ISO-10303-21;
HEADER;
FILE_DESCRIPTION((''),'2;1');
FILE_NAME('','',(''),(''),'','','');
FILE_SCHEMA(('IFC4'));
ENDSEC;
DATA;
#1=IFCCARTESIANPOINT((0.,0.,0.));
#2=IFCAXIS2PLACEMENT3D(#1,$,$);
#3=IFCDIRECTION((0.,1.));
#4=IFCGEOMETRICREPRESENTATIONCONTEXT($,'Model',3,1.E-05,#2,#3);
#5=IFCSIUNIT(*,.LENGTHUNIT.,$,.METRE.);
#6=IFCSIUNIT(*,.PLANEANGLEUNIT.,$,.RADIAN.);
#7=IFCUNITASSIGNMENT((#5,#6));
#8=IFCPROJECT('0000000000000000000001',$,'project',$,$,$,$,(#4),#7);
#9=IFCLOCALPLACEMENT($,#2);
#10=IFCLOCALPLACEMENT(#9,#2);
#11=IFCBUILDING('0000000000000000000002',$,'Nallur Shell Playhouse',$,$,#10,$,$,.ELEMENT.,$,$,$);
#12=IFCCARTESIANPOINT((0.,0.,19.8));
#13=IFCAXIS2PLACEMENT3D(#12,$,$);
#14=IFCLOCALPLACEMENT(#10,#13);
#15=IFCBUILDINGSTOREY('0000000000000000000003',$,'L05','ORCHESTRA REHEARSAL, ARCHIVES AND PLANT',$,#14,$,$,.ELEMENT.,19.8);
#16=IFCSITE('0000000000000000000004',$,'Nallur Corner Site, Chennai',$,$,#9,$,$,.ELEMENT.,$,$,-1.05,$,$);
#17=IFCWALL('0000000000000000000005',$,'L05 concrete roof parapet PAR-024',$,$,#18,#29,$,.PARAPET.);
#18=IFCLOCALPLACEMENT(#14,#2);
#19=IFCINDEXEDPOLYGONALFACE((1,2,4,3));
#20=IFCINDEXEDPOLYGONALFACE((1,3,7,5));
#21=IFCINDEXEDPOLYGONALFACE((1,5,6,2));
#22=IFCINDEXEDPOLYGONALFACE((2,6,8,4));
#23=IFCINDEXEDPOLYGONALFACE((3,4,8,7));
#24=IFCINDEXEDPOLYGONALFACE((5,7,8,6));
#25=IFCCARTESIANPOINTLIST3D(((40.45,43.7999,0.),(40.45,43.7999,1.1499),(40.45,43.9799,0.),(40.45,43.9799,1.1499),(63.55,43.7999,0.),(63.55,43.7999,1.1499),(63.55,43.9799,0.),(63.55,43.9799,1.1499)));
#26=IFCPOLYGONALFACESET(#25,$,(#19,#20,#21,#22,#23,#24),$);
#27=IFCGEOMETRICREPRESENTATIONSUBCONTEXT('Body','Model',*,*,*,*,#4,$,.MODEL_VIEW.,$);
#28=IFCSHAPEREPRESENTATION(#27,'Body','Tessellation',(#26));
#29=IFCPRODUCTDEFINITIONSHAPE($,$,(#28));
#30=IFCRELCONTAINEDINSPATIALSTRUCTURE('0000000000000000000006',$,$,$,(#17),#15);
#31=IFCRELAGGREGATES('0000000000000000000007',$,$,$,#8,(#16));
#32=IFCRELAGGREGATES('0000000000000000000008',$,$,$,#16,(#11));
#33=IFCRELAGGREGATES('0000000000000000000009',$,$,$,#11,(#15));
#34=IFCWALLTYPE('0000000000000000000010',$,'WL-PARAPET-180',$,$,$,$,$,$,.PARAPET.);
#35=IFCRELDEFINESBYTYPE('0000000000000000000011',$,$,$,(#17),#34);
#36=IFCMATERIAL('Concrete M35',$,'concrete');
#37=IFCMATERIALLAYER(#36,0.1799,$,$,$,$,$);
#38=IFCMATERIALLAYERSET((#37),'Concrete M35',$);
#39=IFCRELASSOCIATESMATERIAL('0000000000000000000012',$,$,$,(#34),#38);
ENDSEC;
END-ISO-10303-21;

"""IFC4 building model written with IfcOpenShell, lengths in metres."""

from ifc_helpers import new_model, si_unit, direction, frame, frame_2d, origin, place, context, subcontext, project, spatial, rectangle, extrude, material, layer, layer_set, type_object, element, save


model = new_model("IFC4")

# Units and contexts
model_context = context("Model", 3, precision=1e-05, world=origin(), true_north=direction((0.0, 1.0)))
body_context = subcontext(model_context, "Body", "Model", "MODEL_VIEW")
ifc_project = project(units=[si_unit("LENGTHUNIT", "METRE"), si_unit("PLANEANGLEUNIT", "RADIAN")], contexts=[model_context])

# Site, building, storey
site_placement = place(None, origin())
site = spatial("IfcSite", under=ifc_project, at=site_placement, Name="Nallur Corner Site, Chennai", CompositionType="ELEMENT", RefElevation=-1.05)
building_placement = place(site_placement, origin())
building = spatial("IfcBuilding", under=site, at=building_placement, Name="Nallur Shell Playhouse", CompositionType="ELEMENT")
storey_placement = place(building_placement, frame((0.0, 0.0, 19.8)))
storey = spatial("IfcBuildingStorey", under=building, at=storey_placement, Name="L05", Description="ORCHESTRA REHEARSAL, ARCHIVES AND PLANT", CompositionType="ELEMENT", Elevation=19.8)

# Shared definitions
ifc_material_1 = material(Name="Concrete M35", Category="concrete")

# Wall
ifc_layer_1 = layer(ifc_material_1, 0.1799)
ifc_layer_set_1 = layer_set([ifc_layer_1], Name="Concrete M35")
wall_type = type_object("IfcWallType", Name="WL-PARAPET-180", PredefinedType="PARAPET", material=ifc_layer_set_1)
wall_placement = place(storey_placement, frame((40.45, 43.8899, 0.0), z_axis=(0.0, 0.0, 1.0), x_axis=(1.0, 0.0, 0.0)))
element("IfcWall", 1, at=wall_placement, inside=storey, type_object=wall_type, Name="L05 concrete roof parapet PAR-024", PredefinedType="PARAPET", context=body_context, shape_type="SweptSolid", body=[
    extrude(rectangle(XDim=23.1001, YDim=0.1799, at=frame_2d((11.55, 0.0))), origin(), (0.0, 0.0, 1.0), 1.1499),
])

save(model, "model.ifc")
